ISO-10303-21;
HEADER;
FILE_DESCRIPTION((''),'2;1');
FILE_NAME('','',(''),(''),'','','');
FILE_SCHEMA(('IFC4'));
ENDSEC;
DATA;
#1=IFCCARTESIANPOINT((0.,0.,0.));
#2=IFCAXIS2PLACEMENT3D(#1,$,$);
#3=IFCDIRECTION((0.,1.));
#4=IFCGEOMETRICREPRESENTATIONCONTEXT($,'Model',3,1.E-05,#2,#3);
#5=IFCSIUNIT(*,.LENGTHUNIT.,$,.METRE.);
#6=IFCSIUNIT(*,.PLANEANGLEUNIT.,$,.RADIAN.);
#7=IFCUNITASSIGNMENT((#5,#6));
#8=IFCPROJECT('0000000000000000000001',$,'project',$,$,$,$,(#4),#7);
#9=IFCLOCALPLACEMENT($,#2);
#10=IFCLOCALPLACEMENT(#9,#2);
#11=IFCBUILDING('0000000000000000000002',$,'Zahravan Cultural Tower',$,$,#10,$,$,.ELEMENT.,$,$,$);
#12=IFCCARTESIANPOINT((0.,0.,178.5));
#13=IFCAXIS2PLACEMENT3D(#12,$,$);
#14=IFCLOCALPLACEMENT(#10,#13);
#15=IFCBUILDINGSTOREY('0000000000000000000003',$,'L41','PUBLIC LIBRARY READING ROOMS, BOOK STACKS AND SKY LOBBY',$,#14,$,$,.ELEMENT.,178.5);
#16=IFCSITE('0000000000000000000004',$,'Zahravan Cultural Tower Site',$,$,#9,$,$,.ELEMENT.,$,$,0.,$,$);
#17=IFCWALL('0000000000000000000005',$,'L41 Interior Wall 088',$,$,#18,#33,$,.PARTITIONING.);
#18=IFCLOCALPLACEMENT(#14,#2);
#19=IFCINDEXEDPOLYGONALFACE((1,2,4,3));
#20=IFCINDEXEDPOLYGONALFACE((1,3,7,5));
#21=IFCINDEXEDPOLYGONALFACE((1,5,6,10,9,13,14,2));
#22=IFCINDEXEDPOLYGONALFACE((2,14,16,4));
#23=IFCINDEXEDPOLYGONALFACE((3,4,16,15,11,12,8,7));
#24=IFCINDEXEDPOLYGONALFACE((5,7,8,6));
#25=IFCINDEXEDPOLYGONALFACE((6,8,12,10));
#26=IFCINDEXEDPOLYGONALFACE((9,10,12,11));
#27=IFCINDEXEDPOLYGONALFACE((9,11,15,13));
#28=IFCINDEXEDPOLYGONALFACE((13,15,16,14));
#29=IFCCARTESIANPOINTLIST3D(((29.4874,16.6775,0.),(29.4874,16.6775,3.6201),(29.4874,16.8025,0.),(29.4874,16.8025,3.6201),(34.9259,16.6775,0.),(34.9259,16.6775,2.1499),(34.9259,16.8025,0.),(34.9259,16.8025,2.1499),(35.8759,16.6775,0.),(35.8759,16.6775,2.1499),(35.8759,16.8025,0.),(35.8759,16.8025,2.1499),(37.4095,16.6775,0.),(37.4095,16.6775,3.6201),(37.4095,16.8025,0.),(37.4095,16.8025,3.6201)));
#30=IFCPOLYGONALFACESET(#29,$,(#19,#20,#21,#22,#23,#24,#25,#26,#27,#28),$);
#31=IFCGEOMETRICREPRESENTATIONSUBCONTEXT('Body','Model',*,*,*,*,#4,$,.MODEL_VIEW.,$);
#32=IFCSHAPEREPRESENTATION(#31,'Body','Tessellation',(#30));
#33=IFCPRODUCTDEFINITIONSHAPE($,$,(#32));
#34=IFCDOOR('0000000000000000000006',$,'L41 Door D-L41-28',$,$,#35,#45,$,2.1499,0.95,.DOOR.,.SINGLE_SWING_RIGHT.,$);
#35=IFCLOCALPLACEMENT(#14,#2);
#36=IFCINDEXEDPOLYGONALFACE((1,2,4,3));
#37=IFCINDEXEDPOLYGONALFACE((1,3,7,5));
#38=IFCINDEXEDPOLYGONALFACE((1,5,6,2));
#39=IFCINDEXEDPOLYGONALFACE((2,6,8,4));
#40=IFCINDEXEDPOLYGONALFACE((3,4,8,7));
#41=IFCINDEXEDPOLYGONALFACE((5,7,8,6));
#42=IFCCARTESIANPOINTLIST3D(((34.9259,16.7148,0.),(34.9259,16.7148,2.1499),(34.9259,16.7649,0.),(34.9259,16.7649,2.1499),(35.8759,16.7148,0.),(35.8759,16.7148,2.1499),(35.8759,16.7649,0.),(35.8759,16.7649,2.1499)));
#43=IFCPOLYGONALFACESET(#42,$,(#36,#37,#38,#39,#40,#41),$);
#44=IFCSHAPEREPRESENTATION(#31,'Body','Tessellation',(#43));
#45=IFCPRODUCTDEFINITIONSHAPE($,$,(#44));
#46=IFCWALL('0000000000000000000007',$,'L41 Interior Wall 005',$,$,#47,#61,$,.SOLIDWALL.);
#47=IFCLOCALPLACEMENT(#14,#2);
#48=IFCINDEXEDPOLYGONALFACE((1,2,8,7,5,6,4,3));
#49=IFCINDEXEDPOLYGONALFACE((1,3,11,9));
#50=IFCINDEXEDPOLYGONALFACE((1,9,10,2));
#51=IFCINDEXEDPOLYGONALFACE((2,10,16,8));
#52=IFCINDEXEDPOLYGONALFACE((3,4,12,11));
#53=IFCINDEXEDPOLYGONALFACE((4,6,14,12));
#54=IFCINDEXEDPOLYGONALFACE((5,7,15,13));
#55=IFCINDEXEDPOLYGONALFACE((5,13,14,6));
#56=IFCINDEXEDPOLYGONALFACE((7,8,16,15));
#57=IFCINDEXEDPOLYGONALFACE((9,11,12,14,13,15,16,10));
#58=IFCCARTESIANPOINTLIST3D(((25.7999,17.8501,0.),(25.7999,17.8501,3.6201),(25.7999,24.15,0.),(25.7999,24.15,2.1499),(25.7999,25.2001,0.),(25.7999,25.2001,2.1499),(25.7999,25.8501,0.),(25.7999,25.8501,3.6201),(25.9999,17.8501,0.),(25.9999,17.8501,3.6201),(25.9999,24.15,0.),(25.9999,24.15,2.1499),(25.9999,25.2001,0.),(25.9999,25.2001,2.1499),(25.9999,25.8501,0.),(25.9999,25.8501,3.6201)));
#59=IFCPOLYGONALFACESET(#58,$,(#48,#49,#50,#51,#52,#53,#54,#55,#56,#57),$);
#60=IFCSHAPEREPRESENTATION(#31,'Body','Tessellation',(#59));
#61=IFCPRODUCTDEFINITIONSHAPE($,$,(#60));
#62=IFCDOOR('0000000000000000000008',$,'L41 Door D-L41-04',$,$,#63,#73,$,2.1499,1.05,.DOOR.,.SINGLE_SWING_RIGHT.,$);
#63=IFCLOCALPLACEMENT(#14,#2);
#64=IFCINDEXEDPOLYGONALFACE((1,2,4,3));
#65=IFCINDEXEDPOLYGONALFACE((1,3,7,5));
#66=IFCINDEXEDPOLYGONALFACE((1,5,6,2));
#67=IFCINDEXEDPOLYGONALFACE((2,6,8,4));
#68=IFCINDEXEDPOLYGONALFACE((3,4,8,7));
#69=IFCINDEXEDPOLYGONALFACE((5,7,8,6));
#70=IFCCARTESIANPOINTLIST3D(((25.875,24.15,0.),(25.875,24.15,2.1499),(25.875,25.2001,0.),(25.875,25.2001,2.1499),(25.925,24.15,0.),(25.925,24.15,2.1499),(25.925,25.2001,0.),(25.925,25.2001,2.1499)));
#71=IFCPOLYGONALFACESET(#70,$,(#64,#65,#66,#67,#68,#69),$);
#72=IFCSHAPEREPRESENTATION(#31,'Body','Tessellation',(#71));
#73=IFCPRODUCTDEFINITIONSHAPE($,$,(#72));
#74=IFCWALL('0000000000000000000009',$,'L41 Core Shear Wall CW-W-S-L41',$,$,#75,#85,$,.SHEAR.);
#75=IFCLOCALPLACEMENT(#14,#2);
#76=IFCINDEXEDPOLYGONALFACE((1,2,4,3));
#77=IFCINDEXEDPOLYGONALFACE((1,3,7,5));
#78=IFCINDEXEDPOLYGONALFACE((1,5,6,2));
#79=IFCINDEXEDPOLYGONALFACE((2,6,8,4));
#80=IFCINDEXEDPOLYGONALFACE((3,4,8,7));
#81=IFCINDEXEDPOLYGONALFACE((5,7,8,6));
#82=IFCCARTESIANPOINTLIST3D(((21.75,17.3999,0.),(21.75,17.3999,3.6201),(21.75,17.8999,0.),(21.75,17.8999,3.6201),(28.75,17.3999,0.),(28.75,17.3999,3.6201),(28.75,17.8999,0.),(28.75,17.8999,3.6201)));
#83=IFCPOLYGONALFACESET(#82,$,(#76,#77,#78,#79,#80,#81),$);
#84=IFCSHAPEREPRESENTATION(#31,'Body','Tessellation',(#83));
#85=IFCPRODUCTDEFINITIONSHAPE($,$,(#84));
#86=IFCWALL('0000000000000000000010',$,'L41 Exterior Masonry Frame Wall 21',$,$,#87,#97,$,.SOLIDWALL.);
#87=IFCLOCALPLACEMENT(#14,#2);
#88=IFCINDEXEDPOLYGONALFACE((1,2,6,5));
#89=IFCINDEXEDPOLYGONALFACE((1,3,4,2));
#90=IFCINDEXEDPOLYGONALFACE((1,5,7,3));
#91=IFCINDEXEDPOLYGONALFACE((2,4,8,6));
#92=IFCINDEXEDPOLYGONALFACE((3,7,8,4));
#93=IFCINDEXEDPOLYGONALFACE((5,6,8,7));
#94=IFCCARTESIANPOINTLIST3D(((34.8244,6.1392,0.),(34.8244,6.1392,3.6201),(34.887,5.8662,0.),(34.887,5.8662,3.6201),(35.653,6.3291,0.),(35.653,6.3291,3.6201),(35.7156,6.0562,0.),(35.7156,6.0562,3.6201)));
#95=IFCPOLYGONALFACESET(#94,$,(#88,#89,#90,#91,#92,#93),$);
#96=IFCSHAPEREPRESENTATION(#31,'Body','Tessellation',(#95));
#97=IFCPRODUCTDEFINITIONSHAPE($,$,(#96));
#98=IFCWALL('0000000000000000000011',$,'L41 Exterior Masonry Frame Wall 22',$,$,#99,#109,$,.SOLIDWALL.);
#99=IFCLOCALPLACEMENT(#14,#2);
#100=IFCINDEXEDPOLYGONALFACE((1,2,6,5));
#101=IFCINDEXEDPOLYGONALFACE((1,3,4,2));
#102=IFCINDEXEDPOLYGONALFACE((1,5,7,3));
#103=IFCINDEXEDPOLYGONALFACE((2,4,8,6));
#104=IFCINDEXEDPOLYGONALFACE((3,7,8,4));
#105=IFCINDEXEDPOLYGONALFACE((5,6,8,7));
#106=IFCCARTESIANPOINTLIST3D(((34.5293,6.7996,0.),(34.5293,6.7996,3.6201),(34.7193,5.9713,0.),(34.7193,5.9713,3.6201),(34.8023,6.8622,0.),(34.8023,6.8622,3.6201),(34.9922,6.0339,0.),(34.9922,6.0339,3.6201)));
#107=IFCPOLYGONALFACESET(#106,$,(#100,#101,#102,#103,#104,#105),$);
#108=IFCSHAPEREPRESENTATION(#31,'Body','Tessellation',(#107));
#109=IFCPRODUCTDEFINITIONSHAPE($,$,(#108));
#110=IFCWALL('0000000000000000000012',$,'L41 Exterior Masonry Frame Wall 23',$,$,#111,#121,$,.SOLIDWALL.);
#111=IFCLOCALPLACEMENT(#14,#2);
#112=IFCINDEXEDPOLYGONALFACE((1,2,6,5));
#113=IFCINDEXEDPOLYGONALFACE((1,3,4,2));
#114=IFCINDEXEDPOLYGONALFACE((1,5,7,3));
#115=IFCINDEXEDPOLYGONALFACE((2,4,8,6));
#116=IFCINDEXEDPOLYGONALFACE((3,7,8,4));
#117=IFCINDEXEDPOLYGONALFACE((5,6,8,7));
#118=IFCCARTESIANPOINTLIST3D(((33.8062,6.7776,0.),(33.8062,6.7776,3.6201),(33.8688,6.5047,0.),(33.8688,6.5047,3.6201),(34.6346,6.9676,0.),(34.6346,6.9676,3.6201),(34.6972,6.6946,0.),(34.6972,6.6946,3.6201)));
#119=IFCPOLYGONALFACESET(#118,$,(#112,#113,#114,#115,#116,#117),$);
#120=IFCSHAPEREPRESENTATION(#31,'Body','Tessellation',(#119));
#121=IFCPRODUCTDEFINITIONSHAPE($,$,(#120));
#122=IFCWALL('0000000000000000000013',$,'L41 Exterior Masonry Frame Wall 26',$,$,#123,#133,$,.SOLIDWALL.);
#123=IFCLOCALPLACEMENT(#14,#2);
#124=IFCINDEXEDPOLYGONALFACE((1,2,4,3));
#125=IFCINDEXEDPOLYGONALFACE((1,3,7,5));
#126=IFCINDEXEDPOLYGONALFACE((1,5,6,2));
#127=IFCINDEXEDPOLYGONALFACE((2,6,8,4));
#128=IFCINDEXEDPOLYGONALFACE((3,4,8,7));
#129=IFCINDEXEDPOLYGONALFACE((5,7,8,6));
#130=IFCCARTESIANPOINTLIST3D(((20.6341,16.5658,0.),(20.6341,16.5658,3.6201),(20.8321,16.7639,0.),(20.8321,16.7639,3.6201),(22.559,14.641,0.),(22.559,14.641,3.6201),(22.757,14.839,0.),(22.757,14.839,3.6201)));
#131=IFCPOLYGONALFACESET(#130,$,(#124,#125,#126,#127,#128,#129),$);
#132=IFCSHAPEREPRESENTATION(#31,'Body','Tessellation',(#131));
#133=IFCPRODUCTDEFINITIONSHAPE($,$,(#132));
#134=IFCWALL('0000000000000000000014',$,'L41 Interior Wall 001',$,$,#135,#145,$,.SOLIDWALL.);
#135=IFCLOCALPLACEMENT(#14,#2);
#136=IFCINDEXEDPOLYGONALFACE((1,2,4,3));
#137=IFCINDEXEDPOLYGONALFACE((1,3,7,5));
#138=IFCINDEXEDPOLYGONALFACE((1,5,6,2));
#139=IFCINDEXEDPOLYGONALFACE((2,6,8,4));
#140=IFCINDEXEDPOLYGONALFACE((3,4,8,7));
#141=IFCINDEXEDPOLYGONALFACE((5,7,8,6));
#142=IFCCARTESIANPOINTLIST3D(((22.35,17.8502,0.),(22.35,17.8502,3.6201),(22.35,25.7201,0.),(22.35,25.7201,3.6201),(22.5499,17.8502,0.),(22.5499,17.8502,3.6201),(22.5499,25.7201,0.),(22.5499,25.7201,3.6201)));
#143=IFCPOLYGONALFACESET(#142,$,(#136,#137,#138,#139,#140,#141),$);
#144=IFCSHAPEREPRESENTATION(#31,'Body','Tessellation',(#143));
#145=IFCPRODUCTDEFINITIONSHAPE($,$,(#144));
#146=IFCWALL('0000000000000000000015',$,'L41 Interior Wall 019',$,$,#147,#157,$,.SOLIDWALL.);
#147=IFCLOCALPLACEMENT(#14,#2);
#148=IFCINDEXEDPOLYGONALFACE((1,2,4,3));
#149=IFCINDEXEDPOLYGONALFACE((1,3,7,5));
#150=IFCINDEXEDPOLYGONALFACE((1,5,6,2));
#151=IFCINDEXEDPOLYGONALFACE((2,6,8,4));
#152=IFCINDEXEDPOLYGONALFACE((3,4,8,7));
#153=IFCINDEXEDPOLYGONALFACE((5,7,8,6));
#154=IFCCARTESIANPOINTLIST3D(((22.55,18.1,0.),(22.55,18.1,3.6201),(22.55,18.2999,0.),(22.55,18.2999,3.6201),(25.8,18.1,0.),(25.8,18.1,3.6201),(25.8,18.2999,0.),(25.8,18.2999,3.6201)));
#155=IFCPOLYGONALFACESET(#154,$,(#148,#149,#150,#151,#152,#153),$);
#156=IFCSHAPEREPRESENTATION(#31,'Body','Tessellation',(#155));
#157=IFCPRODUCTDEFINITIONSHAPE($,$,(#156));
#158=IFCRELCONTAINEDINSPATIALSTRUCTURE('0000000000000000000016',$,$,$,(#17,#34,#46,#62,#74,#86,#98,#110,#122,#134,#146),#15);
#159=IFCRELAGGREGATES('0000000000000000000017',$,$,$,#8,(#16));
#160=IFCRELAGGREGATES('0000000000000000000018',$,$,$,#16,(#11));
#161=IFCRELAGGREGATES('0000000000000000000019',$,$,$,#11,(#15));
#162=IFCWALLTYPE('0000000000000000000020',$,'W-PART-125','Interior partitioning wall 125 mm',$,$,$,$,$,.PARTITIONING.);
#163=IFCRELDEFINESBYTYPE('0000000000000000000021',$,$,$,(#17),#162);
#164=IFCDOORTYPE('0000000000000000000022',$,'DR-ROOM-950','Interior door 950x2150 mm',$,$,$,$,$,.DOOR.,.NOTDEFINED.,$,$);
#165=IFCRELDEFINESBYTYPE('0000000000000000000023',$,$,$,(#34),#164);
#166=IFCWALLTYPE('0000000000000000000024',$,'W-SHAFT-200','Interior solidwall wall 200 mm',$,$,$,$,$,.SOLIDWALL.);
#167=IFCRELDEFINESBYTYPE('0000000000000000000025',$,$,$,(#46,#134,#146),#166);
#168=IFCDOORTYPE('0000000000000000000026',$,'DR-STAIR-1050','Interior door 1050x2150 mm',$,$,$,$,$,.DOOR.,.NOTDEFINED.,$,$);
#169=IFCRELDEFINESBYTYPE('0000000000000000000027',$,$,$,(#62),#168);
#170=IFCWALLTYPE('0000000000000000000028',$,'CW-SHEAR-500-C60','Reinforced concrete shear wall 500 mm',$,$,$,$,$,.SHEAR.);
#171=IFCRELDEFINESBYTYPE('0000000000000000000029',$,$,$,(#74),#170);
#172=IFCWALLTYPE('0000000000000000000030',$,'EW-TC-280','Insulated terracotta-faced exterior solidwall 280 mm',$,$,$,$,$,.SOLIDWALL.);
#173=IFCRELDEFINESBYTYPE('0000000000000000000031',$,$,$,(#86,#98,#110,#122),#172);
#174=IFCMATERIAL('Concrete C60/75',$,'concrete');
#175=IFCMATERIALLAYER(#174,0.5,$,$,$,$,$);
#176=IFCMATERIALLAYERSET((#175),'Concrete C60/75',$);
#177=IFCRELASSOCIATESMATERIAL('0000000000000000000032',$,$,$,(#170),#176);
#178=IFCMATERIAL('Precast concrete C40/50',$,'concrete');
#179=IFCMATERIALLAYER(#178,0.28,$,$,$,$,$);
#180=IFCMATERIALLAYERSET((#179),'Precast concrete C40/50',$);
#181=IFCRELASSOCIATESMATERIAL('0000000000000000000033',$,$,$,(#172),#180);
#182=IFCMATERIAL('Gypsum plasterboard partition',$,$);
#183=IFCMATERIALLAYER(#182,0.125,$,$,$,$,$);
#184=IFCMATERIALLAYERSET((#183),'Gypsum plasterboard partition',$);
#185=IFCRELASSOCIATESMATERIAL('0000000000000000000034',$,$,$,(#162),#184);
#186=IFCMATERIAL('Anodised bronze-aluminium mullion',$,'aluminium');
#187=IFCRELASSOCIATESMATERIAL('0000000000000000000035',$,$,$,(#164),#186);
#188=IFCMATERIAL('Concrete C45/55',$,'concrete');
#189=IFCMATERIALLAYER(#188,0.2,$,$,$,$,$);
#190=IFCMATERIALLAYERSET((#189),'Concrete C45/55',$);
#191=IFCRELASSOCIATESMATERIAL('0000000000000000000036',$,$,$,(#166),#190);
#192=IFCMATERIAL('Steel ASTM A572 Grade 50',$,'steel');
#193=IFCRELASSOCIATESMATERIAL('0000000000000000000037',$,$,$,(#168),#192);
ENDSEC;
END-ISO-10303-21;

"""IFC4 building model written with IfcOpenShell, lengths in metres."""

from ifc_helpers import new_model, si_unit, direction, frame, frame_2d, origin, place, context, subcontext, project, spatial, rectangle, extrude, source, transform, mapped, material, layer, layer_set, type_object, element, fill, save


model = new_model("IFC4")

# Units and contexts
model_context = context("Model", 3, precision=1e-05, world=origin(), true_north=direction((0.0, 1.0)))
body_context = subcontext(model_context, "Body", "Model", "MODEL_VIEW")
ifc_project = project(units=[si_unit("LENGTHUNIT", "METRE"), si_unit("PLANEANGLEUNIT", "RADIAN")], contexts=[model_context])

# Site, building, storey
site_placement = place(None, origin())
site = spatial("IfcSite", under=ifc_project, at=site_placement, Name="Zahravan Cultural Tower Site", CompositionType="ELEMENT", RefElevation=0.0)
building_placement = place(site_placement, origin())
building = spatial("IfcBuilding", under=site, at=building_placement, Name="Zahravan Cultural Tower", CompositionType="ELEMENT")
storey_placement = place(building_placement, frame((0.0, 0.0, 178.5)))
storey = spatial("IfcBuildingStorey", under=building, at=storey_placement, Name="L41", Description="PUBLIC LIBRARY READING ROOMS, BOOK STACKS AND SKY LOBBY", CompositionType="ELEMENT", Elevation=178.5)

# Shared definitions
ifc_material_1 = material(Name="Concrete C60/75", Category="concrete")
ifc_layer_1 = layer(ifc_material_1, 0.5)
ifc_layer_set_1 = layer_set([ifc_layer_1], Name="Concrete C60/75")
wall_type_1 = type_object("IfcWallType", Name="CW-SHEAR-500-C60", Description="Reinforced concrete shear wall 500 mm", PredefinedType="SHEAR", material=ifc_layer_set_1)
ifc_material_2 = material(Name="Steel ASTM A572 Grade 50", Category="steel")

# Shared definitions
ifc_material_3 = material(Name="Precast concrete C40/50", Category="concrete")
ifc_layer_2 = layer(ifc_material_3, 0.28)
ifc_layer_set_2 = layer_set([ifc_layer_2], Name="Precast concrete C40/50")
wall_type_2 = type_object("IfcWallType", Name="EW-TC-280", Description="Insulated terracotta-faced exterior solidwall 280 mm", PredefinedType="SOLIDWALL", material=ifc_layer_set_2)

# Walls, openings, doors
ifc_material_4 = material(Name="Gypsum plasterboard partition")
ifc_layer_3 = layer(ifc_material_4, 0.125)
ifc_layer_set_3 = layer_set([ifc_layer_3], Name="Gypsum plasterboard partition")
wall_type_3 = type_object("IfcWallType", Name="W-PART-125", Description="Interior partitioning wall 125 mm", PredefinedType="PARTITIONING", material=ifc_layer_set_3)
wall_1_placement = place(storey_placement, frame((29.4875, 16.74, 0.0), z_axis=(0.0, 0.0, 1.0), x_axis=(1.0, 0.0, 0.0)))
wall_1 = element("IfcWall", 1, at=wall_1_placement, inside=storey, type_object=wall_type_3, Name="L41 Interior Wall 088", PredefinedType="PARTITIONING", context=body_context, shape_type="SweptSolid", body=[
    extrude(rectangle(XDim=7.9221, YDim=0.125, at=frame_2d((3.9609, 0.0))), origin(), (0.0, 0.0, 1.0), 3.6201),
])
opening_1_placement = place(wall_1_placement, frame((5.4382, 0.0, 0.0)))
opening_1 = element("IfcOpeningElement", 2, at=opening_1_placement, cuts=wall_1, PredefinedType="OPENING", context=body_context, shape_type="SweptSolid", body=[
    extrude(rectangle(XDim=0.95, YDim=2.1499, at=frame_2d((0.4751, 1.075))), frame((0.0, 0.0725, 0.0), z_axis=(0.0, -1.0, 0.0), x_axis=(1.0, 0.0, 0.0)), (0.0, 0.0, 1.0), 0.145),
])
ifc_material_5 = material(Name="Anodised bronze-aluminium mullion", Category="aluminium")
door_type_1 = type_object("IfcDoorType", Name="DR-ROOM-950", Description="Interior door 950x2150 mm", OperationType="NOTDEFINED", PredefinedType="DOOR", material=ifc_material_5)
shared_shape_1 = source(origin(), body_context, "Body", "SweptSolid", [
    extrude(rectangle(XDim=0.95, YDim=2.1499, at=frame_2d((0.4751, 1.075))), frame((0.0, 0.0249, 0.0), z_axis=(0.0, -1.0, 0.0), x_axis=(1.0, 0.0, 0.0)), (0.0, 0.0, 1.0), 0.05),
])
door_1_placement = place(opening_1_placement, origin())
door_1 = element("IfcDoor", 3, at=door_1_placement, inside=storey, type_object=door_type_1, Name="L41 Door D-L41-28", OperationType="SINGLE_SWING_RIGHT", OverallHeight=2.1499, OverallWidth=0.95, PredefinedType="DOOR", context=body_context, shape_type="MappedRepresentation", body=[
    mapped(shared_shape_1, transform((0.0, 0.0, 0.0), x_axis=(1.0, 0.0, 0.0), y_axis=(0.0, 1.0, 0.0), z_axis=(0.0, 0.0, 1.0), scale=1.0)),
])
fill(opening_1, door_1)
ifc_material_6 = material(Name="Concrete C45/55", Category="concrete")
ifc_layer_4 = layer(ifc_material_6, 0.2)
ifc_layer_set_4 = layer_set([ifc_layer_4], Name="Concrete C45/55")
wall_type_4 = type_object("IfcWallType", Name="W-SHAFT-200", Description="Interior solidwall wall 200 mm", PredefinedType="SOLIDWALL", material=ifc_layer_set_4)
wall_2_placement = place(storey_placement, frame((25.8999, 17.8501, 0.0), z_axis=(0.0, 0.0, 1.0), x_axis=(0.0, 1.0, 0.0)))
wall_2 = element("IfcWall", 4, at=wall_2_placement, inside=storey, type_object=wall_type_4, Name="L41 Interior Wall 005", PredefinedType="SOLIDWALL", context=body_context, shape_type="SweptSolid", body=[
    extrude(rectangle(XDim=8.0, YDim=0.2, at=frame_2d((4.0, 0.0))), origin(), (0.0, 0.0, 1.0), 3.6201),
])
opening_2_placement = place(wall_2_placement, frame((6.3, 0.0, 0.0)))
opening_2 = element("IfcOpeningElement", 5, at=opening_2_placement, cuts=wall_2, PredefinedType="OPENING", context=body_context, shape_type="SweptSolid", body=[
    extrude(rectangle(XDim=1.05, YDim=2.1499, at=frame_2d((0.5249, 1.075))), frame((0.0, 0.1099, 0.0), z_axis=(0.0, -1.0, 0.0), x_axis=(1.0, 0.0, 0.0)), (0.0, 0.0, 1.0), 0.22),
])
door_type_2 = type_object("IfcDoorType", Name="DR-STAIR-1050", Description="Interior door 1050x2150 mm", OperationType="NOTDEFINED", PredefinedType="DOOR", material=ifc_material_2)
shared_shape_2 = source(origin(), body_context, "Body", "SweptSolid", [
    extrude(rectangle(XDim=1.05, YDim=2.1499, at=frame_2d((0.5249, 1.075))), frame((0.0, 0.0249, 0.0), z_axis=(0.0, -1.0, 0.0), x_axis=(1.0, 0.0, 0.0)), (0.0, 0.0, 1.0), 0.05),
])
door_2_placement = place(opening_2_placement, origin())
door_2 = element("IfcDoor", 6, at=door_2_placement, inside=storey, type_object=door_type_2, Name="L41 Door D-L41-04", OperationType="SINGLE_SWING_RIGHT", OverallHeight=2.1499, OverallWidth=1.05, PredefinedType="DOOR", context=body_context, shape_type="MappedRepresentation", body=[
    mapped(shared_shape_2, transform((0.0, 0.0, 0.0), x_axis=(1.0, 0.0, 0.0), y_axis=(0.0, 1.0, 0.0), z_axis=(0.0, 0.0, 1.0), scale=1.0)),
])
fill(opening_2, door_2)

# Walls
shared_shape_3 = source(origin(), body_context, "Body", "SweptSolid", [
    extrude(rectangle(XDim=7.0, YDim=0.5, at=frame_2d((3.5, 0.0))), origin(), (0.0, 0.0, 1.0), 3.6201),
])
wall_3_placement = place(storey_placement, frame((21.75, 17.6499, 0.0), z_axis=(0.0, 0.0, 1.0), x_axis=(1.0, 0.0, 0.0)))
element("IfcWall", 7, at=wall_3_placement, inside=storey, type_object=wall_type_1, Name="L41 Core Shear Wall CW-W-S-L41", PredefinedType="SHEAR", context=body_context, shape_type="MappedRepresentation", body=[
    mapped(shared_shape_3, transform((0.0, 0.0, 0.0), x_axis=(1.0, 0.0, 0.0), y_axis=(0.0, 1.0, 0.0), z_axis=(0.0, 0.0, 1.0), scale=1.0)),
])
shared_shape_4 = source(origin(), body_context, "Body", "SweptSolid", [
    extrude(rectangle(XDim=0.8501, YDim=0.28, at=frame_2d((0.425, 0.0))), origin(), (0.0, 0.0, 1.0), 3.6201),
])
wall_4_placement = place(storey_placement, frame((35.6843, 6.1926, 0.0), z_axis=(0.0, 0.0, 1.0), x_axis=(-0.974719, -0.223433, 0.0)))
element("IfcWall", 8, at=wall_4_placement, inside=storey, type_object=wall_type_2, Name="L41 Exterior Masonry Frame Wall 21", PredefinedType="SOLIDWALL", context=body_context, shape_type="MappedRepresentation", body=[
    mapped(shared_shape_4, transform((0.0, 0.0, 0.0), x_axis=(1.0, 0.0, 0.0), y_axis=(0.0, 1.0, 0.0), z_axis=(0.0, 0.0, 1.0), scale=1.0)),
])
shared_shape_5 = source(origin(), body_context, "Body", "SweptSolid", [
    extrude(rectangle(XDim=0.8499, YDim=0.28, at=frame_2d((0.4248, 0.0))), origin(), (0.0, 0.0, 1.0), 3.6201),
])
for number, where, z_axis, x_axis, name in (
    (9, (34.8557, 6.0027, 0.0), (0.0, 0.0, 1.0), (-0.223496, 0.974705, 0.0), "L41 Exterior Masonry Frame Wall 22"),
    (10, (34.6658, 6.8311, 0.0), (0.0, 0.0, 1.0), (-0.974705, -0.223496, 0.0), "L41 Exterior Masonry Frame Wall 23"),
):
    element("IfcWall", number, at=place(storey_placement, frame(where, z_axis=z_axis, x_axis=x_axis)), inside=storey, type_object=wall_type_2, Name=name, PredefinedType="SOLIDWALL", context=body_context, shape_type="MappedRepresentation", body=[
        mapped(shared_shape_5, transform((0.0, 0.0, 0.0), x_axis=(1.0, 0.0, 0.0), y_axis=(0.0, 1.0, 0.0), z_axis=(0.0, 0.0, 1.0), scale=1.0)),
    ])
shared_shape_6 = source(origin(), body_context, "Body", "SweptSolid", [
    extrude(rectangle(XDim=2.7222, YDim=0.28, at=frame_2d((1.3611, 0.0))), origin(), (0.0, 0.0, 1.0), 3.6201),
])
wall_5_placement = place(storey_placement, frame((22.658, 14.74, 0.0), z_axis=(0.0, 0.0, 1.0), x_axis=(-0.707107, 0.707107, 0.0)))
element("IfcWall", 11, at=wall_5_placement, inside=storey, type_object=wall_type_2, Name="L41 Exterior Masonry Frame Wall 26", PredefinedType="SOLIDWALL", context=body_context, shape_type="MappedRepresentation", body=[
    mapped(shared_shape_6, transform((0.0, 0.0, 0.0), x_axis=(1.0, 0.0, 0.0), y_axis=(0.0, 1.0, 0.0), z_axis=(0.0, 0.0, 1.0), scale=1.0)),
])
shared_shape_7 = source(origin(), body_context, "Body", "SweptSolid", [
    extrude(rectangle(XDim=7.8699, YDim=0.2, at=frame_2d((3.9351, 0.0))), origin(), (0.0, 0.0, 1.0), 3.6201),
])
wall_6_placement = place(storey_placement, frame((22.45, 17.8501, 0.0), z_axis=(0.0, 0.0, 1.0), x_axis=(0.0, 1.0, 0.0)))
element("IfcWall", 12, at=wall_6_placement, inside=storey, type_object=wall_type_4, Name="L41 Interior Wall 001", PredefinedType="SOLIDWALL", context=body_context, shape_type="MappedRepresentation", body=[
    mapped(shared_shape_7, transform((0.0, 0.0, 0.0), x_axis=(1.0, 0.0, 0.0), y_axis=(0.0, 1.0, 0.0), z_axis=(0.0, 0.0, 1.0), scale=1.0)),
])
shared_shape_8 = source(origin(), body_context, "Body", "SweptSolid", [
    extrude(rectangle(XDim=3.25, YDim=0.2, at=frame_2d((1.625, 0.0))), origin(), (0.0, 0.0, 1.0), 3.6201),
])
wall_7_placement = place(storey_placement, frame((22.55, 18.2, 0.0), z_axis=(0.0, 0.0, 1.0), x_axis=(1.0, 0.0, 0.0)))
element("IfcWall", 13, at=wall_7_placement, inside=storey, type_object=wall_type_4, Name="L41 Interior Wall 019", PredefinedType="SOLIDWALL", context=body_context, shape_type="MappedRepresentation", body=[
    mapped(shared_shape_8, transform((0.0, 0.0, 0.0), x_axis=(1.0, 0.0, 0.0), y_axis=(0.0, 1.0, 0.0), z_axis=(0.0, 0.0, 1.0), scale=1.0)),
])

save(model, "model.ifc")
